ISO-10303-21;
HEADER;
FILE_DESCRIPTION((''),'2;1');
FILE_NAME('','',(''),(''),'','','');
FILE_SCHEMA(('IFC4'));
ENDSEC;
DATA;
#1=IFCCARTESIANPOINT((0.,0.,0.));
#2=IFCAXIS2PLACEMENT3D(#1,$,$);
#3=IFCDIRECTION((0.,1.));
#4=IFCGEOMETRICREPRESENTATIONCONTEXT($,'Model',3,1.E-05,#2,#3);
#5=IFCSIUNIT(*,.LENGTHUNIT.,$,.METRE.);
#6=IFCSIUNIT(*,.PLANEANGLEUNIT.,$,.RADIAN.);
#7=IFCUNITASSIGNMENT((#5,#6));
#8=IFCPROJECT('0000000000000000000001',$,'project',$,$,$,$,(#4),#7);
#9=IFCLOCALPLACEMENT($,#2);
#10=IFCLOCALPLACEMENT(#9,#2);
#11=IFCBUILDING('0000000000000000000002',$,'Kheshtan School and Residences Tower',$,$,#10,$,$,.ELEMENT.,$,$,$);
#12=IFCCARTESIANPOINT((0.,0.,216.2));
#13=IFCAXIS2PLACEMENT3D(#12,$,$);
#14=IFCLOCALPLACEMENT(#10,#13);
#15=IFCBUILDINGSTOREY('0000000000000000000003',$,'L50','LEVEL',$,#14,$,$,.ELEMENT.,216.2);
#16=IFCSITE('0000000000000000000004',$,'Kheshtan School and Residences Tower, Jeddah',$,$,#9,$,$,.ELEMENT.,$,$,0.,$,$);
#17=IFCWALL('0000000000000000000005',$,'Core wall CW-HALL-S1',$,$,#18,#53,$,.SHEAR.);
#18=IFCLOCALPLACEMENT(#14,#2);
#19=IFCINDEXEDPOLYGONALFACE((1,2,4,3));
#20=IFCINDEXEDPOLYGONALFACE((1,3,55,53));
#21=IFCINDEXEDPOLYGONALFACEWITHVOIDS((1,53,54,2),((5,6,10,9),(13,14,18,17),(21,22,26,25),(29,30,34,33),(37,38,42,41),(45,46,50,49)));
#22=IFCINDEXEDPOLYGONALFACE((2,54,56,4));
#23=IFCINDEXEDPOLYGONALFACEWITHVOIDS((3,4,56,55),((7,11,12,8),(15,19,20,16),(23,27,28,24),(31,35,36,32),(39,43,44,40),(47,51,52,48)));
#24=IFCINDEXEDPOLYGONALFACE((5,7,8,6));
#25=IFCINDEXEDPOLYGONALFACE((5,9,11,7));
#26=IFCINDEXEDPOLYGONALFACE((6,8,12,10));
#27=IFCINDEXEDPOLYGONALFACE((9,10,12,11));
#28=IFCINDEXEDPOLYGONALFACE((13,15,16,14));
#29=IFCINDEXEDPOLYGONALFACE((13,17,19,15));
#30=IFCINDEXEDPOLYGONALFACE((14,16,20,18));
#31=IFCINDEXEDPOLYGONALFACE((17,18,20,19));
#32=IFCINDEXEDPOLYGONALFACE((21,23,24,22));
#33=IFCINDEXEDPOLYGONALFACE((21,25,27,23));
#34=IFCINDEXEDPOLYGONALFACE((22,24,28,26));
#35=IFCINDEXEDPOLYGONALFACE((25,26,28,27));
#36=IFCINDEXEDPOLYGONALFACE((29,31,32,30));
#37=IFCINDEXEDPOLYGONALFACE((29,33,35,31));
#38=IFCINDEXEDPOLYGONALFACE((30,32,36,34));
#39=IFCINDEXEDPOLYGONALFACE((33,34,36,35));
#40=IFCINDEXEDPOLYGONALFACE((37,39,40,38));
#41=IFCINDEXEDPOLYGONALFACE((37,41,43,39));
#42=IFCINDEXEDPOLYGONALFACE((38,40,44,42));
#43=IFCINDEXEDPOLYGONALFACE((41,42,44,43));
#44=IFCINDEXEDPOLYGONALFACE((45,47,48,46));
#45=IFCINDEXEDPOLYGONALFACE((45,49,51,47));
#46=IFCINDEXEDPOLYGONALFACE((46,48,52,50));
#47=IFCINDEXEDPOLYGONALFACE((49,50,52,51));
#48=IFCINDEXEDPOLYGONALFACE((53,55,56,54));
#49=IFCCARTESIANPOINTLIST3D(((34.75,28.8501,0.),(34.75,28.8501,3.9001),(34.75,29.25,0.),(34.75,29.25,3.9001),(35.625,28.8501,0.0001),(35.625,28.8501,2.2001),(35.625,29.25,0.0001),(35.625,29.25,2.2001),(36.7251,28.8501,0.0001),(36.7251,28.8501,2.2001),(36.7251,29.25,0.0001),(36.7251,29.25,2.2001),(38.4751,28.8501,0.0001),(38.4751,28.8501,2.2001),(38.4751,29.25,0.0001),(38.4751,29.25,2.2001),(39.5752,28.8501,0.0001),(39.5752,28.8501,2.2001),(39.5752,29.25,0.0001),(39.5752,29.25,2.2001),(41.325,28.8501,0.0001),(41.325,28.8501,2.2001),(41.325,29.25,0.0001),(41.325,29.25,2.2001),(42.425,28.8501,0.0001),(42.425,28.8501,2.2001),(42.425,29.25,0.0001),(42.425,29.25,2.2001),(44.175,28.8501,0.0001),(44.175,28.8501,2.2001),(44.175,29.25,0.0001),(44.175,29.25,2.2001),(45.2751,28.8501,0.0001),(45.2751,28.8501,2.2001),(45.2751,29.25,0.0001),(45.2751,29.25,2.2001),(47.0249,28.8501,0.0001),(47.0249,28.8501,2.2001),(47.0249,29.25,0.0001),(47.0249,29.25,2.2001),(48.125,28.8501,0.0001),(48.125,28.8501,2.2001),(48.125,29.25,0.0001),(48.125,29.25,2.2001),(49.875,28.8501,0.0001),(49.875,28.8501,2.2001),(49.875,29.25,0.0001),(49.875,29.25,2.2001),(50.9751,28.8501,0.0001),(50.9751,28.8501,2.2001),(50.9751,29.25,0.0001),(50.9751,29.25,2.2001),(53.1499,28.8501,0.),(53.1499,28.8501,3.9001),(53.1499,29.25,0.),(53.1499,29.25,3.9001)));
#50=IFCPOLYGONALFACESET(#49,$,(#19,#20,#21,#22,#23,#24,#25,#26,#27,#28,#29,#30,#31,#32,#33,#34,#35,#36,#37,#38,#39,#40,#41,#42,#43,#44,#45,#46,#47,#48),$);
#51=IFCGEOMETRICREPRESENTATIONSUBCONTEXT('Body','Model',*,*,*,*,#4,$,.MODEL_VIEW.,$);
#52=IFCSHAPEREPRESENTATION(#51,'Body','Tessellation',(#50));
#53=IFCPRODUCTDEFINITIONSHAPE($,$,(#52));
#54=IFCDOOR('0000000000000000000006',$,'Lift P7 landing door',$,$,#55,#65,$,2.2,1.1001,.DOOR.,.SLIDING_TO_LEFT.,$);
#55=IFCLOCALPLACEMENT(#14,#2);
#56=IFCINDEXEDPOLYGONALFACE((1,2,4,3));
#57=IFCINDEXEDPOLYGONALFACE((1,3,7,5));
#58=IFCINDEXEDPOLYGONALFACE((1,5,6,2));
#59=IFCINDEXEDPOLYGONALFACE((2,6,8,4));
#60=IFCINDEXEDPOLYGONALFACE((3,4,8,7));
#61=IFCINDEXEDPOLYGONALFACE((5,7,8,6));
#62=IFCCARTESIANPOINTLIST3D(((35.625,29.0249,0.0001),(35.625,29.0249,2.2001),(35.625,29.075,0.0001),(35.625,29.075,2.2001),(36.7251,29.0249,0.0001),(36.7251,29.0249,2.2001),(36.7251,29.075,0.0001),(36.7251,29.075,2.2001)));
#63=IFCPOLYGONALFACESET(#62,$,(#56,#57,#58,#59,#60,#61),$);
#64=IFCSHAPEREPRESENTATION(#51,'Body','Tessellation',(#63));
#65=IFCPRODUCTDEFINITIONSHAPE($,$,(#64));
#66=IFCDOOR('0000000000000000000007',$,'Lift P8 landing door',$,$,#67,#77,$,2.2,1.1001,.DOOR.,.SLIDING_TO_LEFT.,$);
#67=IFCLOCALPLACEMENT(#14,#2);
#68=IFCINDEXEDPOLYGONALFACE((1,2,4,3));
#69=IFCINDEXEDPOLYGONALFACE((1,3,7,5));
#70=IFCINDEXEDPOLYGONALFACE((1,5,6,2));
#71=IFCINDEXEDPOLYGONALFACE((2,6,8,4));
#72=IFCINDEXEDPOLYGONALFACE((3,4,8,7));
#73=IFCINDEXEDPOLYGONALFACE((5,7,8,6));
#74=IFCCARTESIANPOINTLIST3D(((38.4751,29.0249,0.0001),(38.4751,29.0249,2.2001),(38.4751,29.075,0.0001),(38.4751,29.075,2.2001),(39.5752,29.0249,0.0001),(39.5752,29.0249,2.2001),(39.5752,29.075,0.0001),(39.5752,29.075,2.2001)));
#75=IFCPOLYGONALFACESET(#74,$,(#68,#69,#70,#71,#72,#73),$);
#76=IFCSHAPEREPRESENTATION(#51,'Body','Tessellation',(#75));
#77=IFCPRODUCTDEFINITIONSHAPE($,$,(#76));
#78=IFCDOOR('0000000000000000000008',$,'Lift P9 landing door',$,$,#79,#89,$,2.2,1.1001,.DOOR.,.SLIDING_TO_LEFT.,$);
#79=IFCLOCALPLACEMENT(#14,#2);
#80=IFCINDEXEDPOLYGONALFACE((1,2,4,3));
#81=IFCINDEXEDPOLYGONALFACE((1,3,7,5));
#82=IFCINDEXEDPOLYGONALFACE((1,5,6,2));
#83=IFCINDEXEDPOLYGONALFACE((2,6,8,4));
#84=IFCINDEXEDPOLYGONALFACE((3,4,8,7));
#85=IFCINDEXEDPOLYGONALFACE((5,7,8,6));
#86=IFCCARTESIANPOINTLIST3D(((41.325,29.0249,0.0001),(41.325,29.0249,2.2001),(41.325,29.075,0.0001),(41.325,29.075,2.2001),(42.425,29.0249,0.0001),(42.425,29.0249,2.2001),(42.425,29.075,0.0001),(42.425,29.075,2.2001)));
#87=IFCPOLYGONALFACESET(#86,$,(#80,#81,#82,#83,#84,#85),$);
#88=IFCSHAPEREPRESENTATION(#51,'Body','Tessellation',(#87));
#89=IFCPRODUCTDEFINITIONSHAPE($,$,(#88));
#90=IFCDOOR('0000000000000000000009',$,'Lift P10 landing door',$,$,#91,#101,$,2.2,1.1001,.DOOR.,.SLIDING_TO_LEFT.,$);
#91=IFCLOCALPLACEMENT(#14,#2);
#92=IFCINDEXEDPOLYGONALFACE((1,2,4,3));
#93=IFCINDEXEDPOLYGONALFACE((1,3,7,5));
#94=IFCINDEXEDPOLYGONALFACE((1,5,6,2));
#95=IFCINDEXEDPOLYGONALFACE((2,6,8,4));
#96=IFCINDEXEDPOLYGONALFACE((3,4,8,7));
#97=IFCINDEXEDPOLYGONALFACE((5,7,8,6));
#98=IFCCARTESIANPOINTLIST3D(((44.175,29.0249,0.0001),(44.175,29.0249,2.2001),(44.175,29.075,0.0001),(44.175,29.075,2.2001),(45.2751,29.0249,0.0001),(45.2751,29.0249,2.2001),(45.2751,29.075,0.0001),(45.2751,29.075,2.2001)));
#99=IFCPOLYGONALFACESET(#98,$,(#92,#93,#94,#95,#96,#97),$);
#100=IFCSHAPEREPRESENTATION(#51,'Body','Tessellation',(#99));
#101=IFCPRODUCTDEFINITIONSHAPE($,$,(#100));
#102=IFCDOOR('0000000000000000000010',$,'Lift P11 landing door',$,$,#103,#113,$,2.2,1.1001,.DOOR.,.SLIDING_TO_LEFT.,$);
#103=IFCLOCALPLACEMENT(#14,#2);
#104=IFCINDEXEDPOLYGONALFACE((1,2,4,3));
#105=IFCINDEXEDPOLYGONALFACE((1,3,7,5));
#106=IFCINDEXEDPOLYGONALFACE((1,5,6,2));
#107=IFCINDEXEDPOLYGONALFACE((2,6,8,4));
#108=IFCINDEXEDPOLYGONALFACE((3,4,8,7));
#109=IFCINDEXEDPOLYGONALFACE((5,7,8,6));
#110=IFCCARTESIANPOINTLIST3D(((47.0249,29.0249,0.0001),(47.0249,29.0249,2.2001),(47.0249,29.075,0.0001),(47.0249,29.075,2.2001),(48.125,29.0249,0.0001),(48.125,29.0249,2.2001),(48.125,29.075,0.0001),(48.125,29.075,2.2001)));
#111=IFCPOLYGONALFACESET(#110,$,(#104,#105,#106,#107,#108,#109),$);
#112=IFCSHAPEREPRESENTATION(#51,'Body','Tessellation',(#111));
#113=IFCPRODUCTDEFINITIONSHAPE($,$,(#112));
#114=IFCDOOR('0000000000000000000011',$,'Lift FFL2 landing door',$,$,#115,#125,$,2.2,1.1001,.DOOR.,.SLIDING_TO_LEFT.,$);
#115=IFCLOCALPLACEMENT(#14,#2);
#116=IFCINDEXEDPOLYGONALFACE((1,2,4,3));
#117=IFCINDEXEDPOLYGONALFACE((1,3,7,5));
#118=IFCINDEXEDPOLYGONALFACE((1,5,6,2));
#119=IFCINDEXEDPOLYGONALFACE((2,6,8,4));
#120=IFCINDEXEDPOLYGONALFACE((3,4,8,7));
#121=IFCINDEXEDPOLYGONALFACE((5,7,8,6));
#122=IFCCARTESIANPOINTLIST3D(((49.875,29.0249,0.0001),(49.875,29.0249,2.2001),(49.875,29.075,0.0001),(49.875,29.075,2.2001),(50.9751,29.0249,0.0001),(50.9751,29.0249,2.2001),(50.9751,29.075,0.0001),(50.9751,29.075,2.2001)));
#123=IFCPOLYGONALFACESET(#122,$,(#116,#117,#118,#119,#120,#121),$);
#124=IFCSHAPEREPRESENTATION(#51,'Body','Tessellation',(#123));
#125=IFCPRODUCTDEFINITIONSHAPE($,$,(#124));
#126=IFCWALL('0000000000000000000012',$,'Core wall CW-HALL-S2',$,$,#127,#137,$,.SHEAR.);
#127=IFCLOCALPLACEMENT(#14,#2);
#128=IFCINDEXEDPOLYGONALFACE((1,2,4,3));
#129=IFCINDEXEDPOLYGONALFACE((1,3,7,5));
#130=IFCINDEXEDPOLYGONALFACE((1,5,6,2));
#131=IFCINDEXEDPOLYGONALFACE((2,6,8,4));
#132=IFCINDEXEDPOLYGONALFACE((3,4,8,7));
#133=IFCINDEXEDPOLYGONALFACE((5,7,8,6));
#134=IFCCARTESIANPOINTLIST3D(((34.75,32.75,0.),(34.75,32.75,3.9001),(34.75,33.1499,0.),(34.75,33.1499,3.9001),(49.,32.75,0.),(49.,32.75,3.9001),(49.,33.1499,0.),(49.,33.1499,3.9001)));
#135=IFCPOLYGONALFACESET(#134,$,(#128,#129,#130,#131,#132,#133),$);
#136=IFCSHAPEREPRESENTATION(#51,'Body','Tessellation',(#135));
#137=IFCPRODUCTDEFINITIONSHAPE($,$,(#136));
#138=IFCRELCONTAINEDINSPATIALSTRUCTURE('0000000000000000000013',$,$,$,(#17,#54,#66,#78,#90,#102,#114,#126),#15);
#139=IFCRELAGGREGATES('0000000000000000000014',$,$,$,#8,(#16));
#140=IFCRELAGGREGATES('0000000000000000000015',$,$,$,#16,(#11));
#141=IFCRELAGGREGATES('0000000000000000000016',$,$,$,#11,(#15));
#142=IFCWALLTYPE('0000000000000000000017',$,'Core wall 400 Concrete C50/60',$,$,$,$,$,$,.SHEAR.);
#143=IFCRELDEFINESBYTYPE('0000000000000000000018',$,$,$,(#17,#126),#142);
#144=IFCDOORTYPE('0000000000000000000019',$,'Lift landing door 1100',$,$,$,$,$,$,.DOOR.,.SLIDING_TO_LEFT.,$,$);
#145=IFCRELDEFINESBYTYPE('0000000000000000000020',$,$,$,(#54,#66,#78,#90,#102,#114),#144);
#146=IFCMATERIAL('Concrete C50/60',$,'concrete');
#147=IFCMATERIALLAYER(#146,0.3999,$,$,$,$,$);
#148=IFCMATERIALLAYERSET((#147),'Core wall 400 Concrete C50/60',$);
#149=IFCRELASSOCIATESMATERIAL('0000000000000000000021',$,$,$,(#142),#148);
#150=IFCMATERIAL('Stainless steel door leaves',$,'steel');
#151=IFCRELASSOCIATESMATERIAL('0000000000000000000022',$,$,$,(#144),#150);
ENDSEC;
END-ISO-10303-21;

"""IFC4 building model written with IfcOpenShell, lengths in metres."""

from ifc_helpers import new_model, si_unit, direction, frame, frame_2d, origin, place, context, subcontext, project, spatial, rectangle, extrude, source, transform, mapped, material, layer, layer_set, type_object, element, fill, save


model = new_model("IFC4")

# Units and contexts
model_context = context("Model", 3, precision=1e-05, world=origin(), true_north=direction((0.0, 1.0)))
body_context = subcontext(model_context, "Body", "Model", "MODEL_VIEW")
ifc_project = project(units=[si_unit("LENGTHUNIT", "METRE"), si_unit("PLANEANGLEUNIT", "RADIAN")], contexts=[model_context])

# Site, building, storey
site_placement = place(None, origin())
site = spatial("IfcSite", under=ifc_project, at=site_placement, Name="Kheshtan School and Residences Tower, Jeddah", CompositionType="ELEMENT", RefElevation=0.0)
building_placement = place(site_placement, origin())
building = spatial("IfcBuilding", under=site, at=building_placement, Name="Kheshtan School and Residences Tower", CompositionType="ELEMENT")
storey_placement = place(building_placement, frame((0.0, 0.0, 216.2)))
storey = spatial("IfcBuildingStorey", under=building, at=storey_placement, Name="L50", Description="LEVEL", CompositionType="ELEMENT", Elevation=216.2)

# Wall, openings, doors
ifc_material_1 = material(Name="Concrete C50/60", Category="concrete")
ifc_layer_1 = layer(ifc_material_1, 0.3999)
ifc_layer_set_1 = layer_set([ifc_layer_1], Name="Core wall 400 Concrete C50/60")
wall_type_1 = type_object("IfcWallType", Name="Core wall 400 Concrete C50/60", PredefinedType="SHEAR", material=ifc_layer_set_1)
wall_1_placement = place(storey_placement, frame((34.75, 29.05, 0.0), z_axis=(0.0, 0.0, 1.0), x_axis=(1.0, 0.0, 0.0)))
wall_1 = element("IfcWall", 1, at=wall_1_placement, inside=storey, type_object=wall_type_1, Name="Core wall CW-HALL-S1", PredefinedType="SHEAR", context=body_context, shape_type="SweptSolid", body=[
    extrude(rectangle(XDim=18.3999, YDim=0.3999, at=frame_2d((9.2, 0.0))), origin(), (0.0, 0.0, 1.0), 3.9001),
])
opening_1_placement = place(wall_1_placement, frame((0.875, 0.0, 0.0)))
opening_1 = element("IfcOpeningElement", 2, at=opening_1_placement, cuts=wall_1, PredefinedType="OPENING", context=body_context, shape_type="SweptSolid", body=[
    extrude(rectangle(XDim=1.1001, YDim=2.2, at=frame_2d((0.55, 1.1001))), frame((0.0, 0.21, 0.0), z_axis=(0.0, -1.0, 0.0), x_axis=(1.0, 0.0, 0.0)), (0.0, 0.0, 1.0), 0.4199),
])
opening_2_placement = place(wall_1_placement, frame((3.7251, 0.0, 0.0)))
opening_2 = element("IfcOpeningElement", 3, at=opening_2_placement, cuts=wall_1, PredefinedType="OPENING", context=body_context, shape_type="SweptSolid", body=[
    extrude(rectangle(XDim=1.1001, YDim=2.2, at=frame_2d((0.55, 1.1001))), frame((0.0, 0.21, 0.0), z_axis=(0.0, -1.0, 0.0), x_axis=(1.0, 0.0, 0.0)), (0.0, 0.0, 1.0), 0.4199),
])
opening_3_placement = place(wall_1_placement, frame((6.575, 0.0, 0.0)))
opening_3 = element("IfcOpeningElement", 4, at=opening_3_placement, cuts=wall_1, PredefinedType="OPENING", context=body_context, shape_type="SweptSolid", body=[
    extrude(rectangle(XDim=1.1001, YDim=2.2, at=frame_2d((0.55, 1.1001))), frame((0.0, 0.21, 0.0), z_axis=(0.0, -1.0, 0.0), x_axis=(1.0, 0.0, 0.0)), (0.0, 0.0, 1.0), 0.4199),
])
opening_4_placement = place(wall_1_placement, frame((9.425, 0.0, 0.0)))
opening_4 = element("IfcOpeningElement", 5, at=opening_4_placement, cuts=wall_1, PredefinedType="OPENING", context=body_context, shape_type="SweptSolid", body=[
    extrude(rectangle(XDim=1.1001, YDim=2.2, at=frame_2d((0.55, 1.1001))), frame((0.0, 0.21, 0.0), z_axis=(0.0, -1.0, 0.0), x_axis=(1.0, 0.0, 0.0)), (0.0, 0.0, 1.0), 0.4199),
])
opening_5_placement = place(wall_1_placement, frame((12.2749, 0.0, 0.0)))
opening_5 = element("IfcOpeningElement", 6, at=opening_5_placement, cuts=wall_1, PredefinedType="OPENING", context=body_context, shape_type="SweptSolid", body=[
    extrude(rectangle(XDim=1.1001, YDim=2.2, at=frame_2d((0.55, 1.1001))), frame((0.0, 0.21, 0.0), z_axis=(0.0, -1.0, 0.0), x_axis=(1.0, 0.0, 0.0)), (0.0, 0.0, 1.0), 0.4199),
])
opening_6_placement = place(wall_1_placement, frame((15.125, 0.0, 0.0)))
opening_6 = element("IfcOpeningElement", 7, at=opening_6_placement, cuts=wall_1, PredefinedType="OPENING", context=body_context, shape_type="SweptSolid", body=[
    extrude(rectangle(XDim=1.1001, YDim=2.2, at=frame_2d((0.55, 1.1001))), frame((0.0, 0.21, 0.0), z_axis=(0.0, -1.0, 0.0), x_axis=(1.0, 0.0, 0.0)), (0.0, 0.0, 1.0), 0.4199),
])
ifc_material_2 = material(Name="Stainless steel door leaves", Category="steel")
door_type_1 = type_object("IfcDoorType", Name="Lift landing door 1100", OperationType="SLIDING_TO_LEFT", PredefinedType="DOOR", material=ifc_material_2)
shared_shape_1 = source(origin(), body_context, "Body", "SweptSolid", [
    extrude(rectangle(XDim=1.1001, YDim=2.2, at=frame_2d((0.55, 1.1001))), frame((0.0, 0.0249, 0.0), z_axis=(0.0, -1.0, 0.0), x_axis=(1.0, 0.0, 0.0)), (0.0, 0.0, 1.0), 0.05),
])
door_1_placement = place(opening_1_placement, origin())
door_1 = element("IfcDoor", 8, at=door_1_placement, inside=storey, type_object=door_type_1, Name="Lift P7 landing door", OperationType="SLIDING_TO_LEFT", OverallHeight=2.2, OverallWidth=1.1001, PredefinedType="DOOR", context=body_context, shape_type="MappedRepresentation", body=[
    mapped(shared_shape_1, transform((0.0, 0.0, 0.0), x_axis=(1.0, 0.0, 0.0), y_axis=(0.0, 1.0, 0.0), z_axis=(0.0, 0.0, 1.0), scale=1.0)),
])
fill(opening_1, door_1)
door_2_placement = place(opening_2_placement, origin())
door_2 = element("IfcDoor", 9, at=door_2_placement, inside=storey, type_object=door_type_1, Name="Lift P8 landing door", OperationType="SLIDING_TO_LEFT", OverallHeight=2.2, OverallWidth=1.1001, PredefinedType="DOOR", context=body_context, shape_type="MappedRepresentation", body=[
    mapped(shared_shape_1, transform((0.0, 0.0, 0.0), x_axis=(1.0, 0.0, 0.0), y_axis=(0.0, 1.0, 0.0), z_axis=(0.0, 0.0, 1.0), scale=1.0)),
])
fill(opening_2, door_2)
door_3_placement = place(opening_3_placement, origin())
door_3 = element("IfcDoor", 10, at=door_3_placement, inside=storey, type_object=door_type_1, Name="Lift P9 landing door", OperationType="SLIDING_TO_LEFT", OverallHeight=2.2, OverallWidth=1.1001, PredefinedType="DOOR", context=body_context, shape_type="MappedRepresentation", body=[
    mapped(shared_shape_1, transform((0.0, 0.0, 0.0), x_axis=(1.0, 0.0, 0.0), y_axis=(0.0, 1.0, 0.0), z_axis=(0.0, 0.0, 1.0), scale=1.0)),
])
fill(opening_3, door_3)
door_4_placement = place(opening_4_placement, origin())
door_4 = element("IfcDoor", 11, at=door_4_placement, inside=storey, type_object=door_type_1, Name="Lift P10 landing door", OperationType="SLIDING_TO_LEFT", OverallHeight=2.2, OverallWidth=1.1001, PredefinedType="DOOR", context=body_context, shape_type="MappedRepresentation", body=[
    mapped(shared_shape_1, transform((0.0, 0.0, 0.0), x_axis=(1.0, 0.0, 0.0), y_axis=(0.0, 1.0, 0.0), z_axis=(0.0, 0.0, 1.0), scale=1.0)),
])
fill(opening_4, door_4)
door_5_placement = place(opening_5_placement, origin())
door_5 = element("IfcDoor", 12, at=door_5_placement, inside=storey, type_object=door_type_1, Name="Lift P11 landing door", OperationType="SLIDING_TO_LEFT", OverallHeight=2.2, OverallWidth=1.1001, PredefinedType="DOOR", context=body_context, shape_type="MappedRepresentation", body=[
    mapped(shared_shape_1, transform((0.0, 0.0, 0.0), x_axis=(1.0, 0.0, 0.0), y_axis=(0.0, 1.0, 0.0), z_axis=(0.0, 0.0, 1.0), scale=1.0)),
])
fill(opening_5, door_5)
door_6_placement = place(opening_6_placement, origin())
door_6 = element("IfcDoor", 13, at=door_6_placement, inside=storey, type_object=door_type_1, Name="Lift FFL2 landing door", OperationType="SLIDING_TO_LEFT", OverallHeight=2.2, OverallWidth=1.1001, PredefinedType="DOOR", context=body_context, shape_type="MappedRepresentation", body=[
    mapped(shared_shape_1, transform((0.0, 0.0, 0.0), x_axis=(1.0, 0.0, 0.0), y_axis=(0.0, 1.0, 0.0), z_axis=(0.0, 0.0, 1.0), scale=1.0)),
])
fill(opening_6, door_6)

# Wall
wall_2_placement = place(storey_placement, frame((34.75, 32.95, 0.0), z_axis=(0.0, 0.0, 1.0), x_axis=(1.0, 0.0, 0.0)))
element("IfcWall", 14, at=wall_2_placement, inside=storey, type_object=wall_type_1, Name="Core wall CW-HALL-S2", PredefinedType="SHEAR", context=body_context, shape_type="SweptSolid", body=[
    extrude(rectangle(XDim=14.25, YDim=0.3999, at=frame_2d((7.125, 0.0))), origin(), (0.0, 0.0, 1.0), 3.9001),
])

save(model, "model.ifc")
